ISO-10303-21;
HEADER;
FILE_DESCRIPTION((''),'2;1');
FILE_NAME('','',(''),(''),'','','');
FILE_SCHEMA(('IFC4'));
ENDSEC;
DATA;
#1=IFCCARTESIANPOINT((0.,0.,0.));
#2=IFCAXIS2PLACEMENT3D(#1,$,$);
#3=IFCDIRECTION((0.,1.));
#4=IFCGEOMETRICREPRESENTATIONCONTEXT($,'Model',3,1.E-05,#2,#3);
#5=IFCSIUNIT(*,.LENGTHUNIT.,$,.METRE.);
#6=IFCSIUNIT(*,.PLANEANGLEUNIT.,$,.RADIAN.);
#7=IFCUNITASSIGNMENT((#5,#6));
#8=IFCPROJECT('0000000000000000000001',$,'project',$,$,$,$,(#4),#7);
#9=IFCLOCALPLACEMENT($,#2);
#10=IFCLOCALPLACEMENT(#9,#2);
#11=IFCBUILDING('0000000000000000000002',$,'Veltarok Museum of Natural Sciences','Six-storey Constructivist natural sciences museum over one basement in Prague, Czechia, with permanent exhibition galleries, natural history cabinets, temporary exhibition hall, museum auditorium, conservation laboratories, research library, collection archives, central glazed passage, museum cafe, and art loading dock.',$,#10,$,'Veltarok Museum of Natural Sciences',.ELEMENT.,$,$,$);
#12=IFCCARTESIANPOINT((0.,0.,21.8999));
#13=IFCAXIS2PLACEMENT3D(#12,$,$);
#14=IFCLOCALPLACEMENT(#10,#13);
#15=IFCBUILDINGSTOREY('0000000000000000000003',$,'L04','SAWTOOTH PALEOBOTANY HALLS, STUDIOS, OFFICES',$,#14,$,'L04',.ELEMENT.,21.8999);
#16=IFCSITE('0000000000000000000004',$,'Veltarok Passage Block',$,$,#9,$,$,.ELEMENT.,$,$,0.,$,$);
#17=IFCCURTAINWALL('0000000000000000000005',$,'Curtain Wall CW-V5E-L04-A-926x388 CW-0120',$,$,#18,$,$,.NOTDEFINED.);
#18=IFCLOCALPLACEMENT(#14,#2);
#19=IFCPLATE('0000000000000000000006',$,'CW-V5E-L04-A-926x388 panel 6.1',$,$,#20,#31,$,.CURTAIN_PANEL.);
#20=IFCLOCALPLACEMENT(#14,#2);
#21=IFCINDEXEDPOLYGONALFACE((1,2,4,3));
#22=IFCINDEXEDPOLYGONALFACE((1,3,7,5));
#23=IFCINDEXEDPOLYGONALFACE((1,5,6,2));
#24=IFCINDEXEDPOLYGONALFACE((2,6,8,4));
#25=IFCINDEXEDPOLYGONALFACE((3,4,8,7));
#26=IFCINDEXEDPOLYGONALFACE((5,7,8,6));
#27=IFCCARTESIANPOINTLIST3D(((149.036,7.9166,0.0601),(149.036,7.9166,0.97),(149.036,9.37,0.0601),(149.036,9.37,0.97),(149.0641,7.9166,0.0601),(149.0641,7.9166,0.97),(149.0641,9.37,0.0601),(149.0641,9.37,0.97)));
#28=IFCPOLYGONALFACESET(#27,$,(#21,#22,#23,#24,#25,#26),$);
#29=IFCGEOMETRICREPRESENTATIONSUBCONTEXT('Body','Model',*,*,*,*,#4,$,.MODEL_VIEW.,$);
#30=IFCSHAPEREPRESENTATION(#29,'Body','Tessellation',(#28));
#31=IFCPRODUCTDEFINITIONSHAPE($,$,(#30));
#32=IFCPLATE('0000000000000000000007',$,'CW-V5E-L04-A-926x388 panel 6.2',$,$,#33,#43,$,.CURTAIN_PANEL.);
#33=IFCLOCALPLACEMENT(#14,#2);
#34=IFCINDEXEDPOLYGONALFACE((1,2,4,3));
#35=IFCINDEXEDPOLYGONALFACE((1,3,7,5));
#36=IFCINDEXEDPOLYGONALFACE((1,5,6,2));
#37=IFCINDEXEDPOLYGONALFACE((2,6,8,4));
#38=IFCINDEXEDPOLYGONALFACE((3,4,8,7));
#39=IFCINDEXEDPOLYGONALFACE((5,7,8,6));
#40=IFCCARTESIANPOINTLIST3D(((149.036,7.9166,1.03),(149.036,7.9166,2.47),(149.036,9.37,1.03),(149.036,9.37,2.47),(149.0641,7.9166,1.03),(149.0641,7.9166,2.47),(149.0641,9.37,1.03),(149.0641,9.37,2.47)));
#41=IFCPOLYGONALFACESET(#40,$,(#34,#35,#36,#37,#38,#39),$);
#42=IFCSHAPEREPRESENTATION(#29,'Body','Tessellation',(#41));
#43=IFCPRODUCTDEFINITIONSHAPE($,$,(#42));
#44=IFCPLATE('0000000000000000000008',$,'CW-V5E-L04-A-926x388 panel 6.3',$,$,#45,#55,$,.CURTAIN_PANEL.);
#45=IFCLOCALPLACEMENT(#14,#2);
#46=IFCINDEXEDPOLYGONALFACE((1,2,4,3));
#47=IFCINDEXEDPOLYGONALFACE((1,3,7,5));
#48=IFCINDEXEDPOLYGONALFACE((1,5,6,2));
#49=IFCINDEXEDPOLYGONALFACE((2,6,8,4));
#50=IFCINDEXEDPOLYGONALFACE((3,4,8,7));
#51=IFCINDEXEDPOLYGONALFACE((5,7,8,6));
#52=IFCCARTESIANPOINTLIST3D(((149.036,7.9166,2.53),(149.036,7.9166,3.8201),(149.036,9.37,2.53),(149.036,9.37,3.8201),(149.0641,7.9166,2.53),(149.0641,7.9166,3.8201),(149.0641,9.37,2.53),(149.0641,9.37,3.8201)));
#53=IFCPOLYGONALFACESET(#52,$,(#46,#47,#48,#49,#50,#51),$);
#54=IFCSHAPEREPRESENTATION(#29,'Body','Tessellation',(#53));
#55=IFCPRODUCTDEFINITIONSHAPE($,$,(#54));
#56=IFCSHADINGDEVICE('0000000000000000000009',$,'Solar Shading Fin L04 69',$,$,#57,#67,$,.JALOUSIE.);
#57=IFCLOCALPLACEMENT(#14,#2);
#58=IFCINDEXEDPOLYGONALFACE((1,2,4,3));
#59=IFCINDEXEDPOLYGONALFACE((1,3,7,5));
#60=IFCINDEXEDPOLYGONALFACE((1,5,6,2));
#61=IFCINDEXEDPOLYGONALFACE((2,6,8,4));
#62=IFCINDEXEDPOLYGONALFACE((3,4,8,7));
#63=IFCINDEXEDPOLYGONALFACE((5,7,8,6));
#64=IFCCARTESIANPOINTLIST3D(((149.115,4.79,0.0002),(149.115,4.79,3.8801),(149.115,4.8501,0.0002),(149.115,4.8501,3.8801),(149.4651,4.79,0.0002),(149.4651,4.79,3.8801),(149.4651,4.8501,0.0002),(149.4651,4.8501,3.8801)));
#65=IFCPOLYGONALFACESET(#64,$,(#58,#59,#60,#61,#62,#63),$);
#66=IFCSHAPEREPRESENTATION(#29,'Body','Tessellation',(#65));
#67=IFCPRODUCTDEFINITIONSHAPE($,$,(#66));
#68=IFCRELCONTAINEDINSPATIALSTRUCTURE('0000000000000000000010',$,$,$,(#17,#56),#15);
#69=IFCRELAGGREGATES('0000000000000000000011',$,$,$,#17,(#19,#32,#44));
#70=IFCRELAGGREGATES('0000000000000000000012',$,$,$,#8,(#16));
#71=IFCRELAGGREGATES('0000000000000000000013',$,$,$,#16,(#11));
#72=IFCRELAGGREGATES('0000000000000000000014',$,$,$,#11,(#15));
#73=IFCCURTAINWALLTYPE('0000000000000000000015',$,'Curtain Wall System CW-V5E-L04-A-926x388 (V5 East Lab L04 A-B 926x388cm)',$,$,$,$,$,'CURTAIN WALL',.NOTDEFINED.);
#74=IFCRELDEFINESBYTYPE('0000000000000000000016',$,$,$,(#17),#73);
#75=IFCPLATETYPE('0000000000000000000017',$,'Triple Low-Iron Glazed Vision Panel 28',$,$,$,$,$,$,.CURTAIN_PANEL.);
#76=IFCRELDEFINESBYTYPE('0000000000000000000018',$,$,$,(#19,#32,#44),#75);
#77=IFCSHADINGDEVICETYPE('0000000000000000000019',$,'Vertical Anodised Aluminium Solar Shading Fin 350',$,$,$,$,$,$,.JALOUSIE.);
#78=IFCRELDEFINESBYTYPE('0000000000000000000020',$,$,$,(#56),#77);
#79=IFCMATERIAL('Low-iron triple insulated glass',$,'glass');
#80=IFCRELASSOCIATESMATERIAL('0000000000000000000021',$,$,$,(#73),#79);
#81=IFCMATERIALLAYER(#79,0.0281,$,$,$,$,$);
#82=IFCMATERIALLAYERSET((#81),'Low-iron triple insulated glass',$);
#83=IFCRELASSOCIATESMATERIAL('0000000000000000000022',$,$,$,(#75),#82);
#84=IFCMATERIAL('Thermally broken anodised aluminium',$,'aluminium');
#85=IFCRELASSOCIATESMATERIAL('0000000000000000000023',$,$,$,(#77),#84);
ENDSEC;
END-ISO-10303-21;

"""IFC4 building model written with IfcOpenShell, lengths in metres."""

from ifc_helpers import new_model, si_unit, direction, frame, origin, origin_2d, place, context, subcontext, project, spatial, rectangle, extrude, material, layer, layer_set, type_object, element, aggregate, save


model = new_model("IFC4")

# Units and contexts
model_context = context("Model", 3, precision=1e-05, world=origin(), true_north=direction((0.0, 1.0)))
body_context = subcontext(model_context, "Body", "Model", "MODEL_VIEW")
ifc_project = project(units=[si_unit("LENGTHUNIT", "METRE"), si_unit("PLANEANGLEUNIT", "RADIAN")], contexts=[model_context])

# Site, building, storey
site_placement = place(None, origin())
site = spatial("IfcSite", under=ifc_project, at=site_placement, Name="Veltarok Passage Block", CompositionType="ELEMENT", RefElevation=0.0)
building_placement = place(site_placement, origin())
building = spatial("IfcBuilding", under=site, at=building_placement, Name="Veltarok Museum of Natural Sciences", Description="Six-storey Constructivist natural sciences museum over one basement in Prague, Czechia, with permanent exhibition galleries, natural history cabinets, temporary exhibition hall, museum auditorium, conservation laboratories, research library, collection archives, central glazed passage, museum cafe, and art loading dock.", LongName="Veltarok Museum of Natural Sciences", CompositionType="ELEMENT")
storey_placement = place(building_placement, frame((0.0, 0.0, 21.8999)))
storey = spatial("IfcBuildingStorey", under=building, at=storey_placement, Name="L04", Description="SAWTOOTH PALEOBOTANY HALLS, STUDIOS, OFFICES", LongName="L04", CompositionType="ELEMENT", Elevation=21.8999)

# Curtain wall, plates
ifc_material_1 = material(Name="Low-iron triple insulated glass", Category="glass")
curtain_wall_type = type_object("IfcCurtainWallType", Name="Curtain Wall System CW-V5E-L04-A-926x388 (V5 East Lab L04 A-B 926x388cm)", ElementType="CURTAIN WALL", PredefinedType="NOTDEFINED", material=ifc_material_1)
curtain_wall_placement = place(storey_placement, origin())
curtain_wall = element("IfcCurtainWall", 1, at=curtain_wall_placement, inside=storey, type_object=curtain_wall_type, Name="Curtain Wall CW-V5E-L04-A-926x388 CW-0120", PredefinedType="NOTDEFINED")
ifc_material_2 = material(Name="Thermally broken anodised aluminium", Category="aluminium")
ifc_layer = layer(ifc_material_1, 0.0281)
ifc_layer_set = layer_set([ifc_layer], Name="Low-iron triple insulated glass")
plate_type = type_object("IfcPlateType", Name="Triple Low-Iron Glazed Vision Panel 28", PredefinedType="CURTAIN_PANEL", material=ifc_layer_set)
plate_1_placement = place(storey_placement, frame((149.05, 8.6433, 0.0601), z_axis=(0.0, 0.0, 1.0), x_axis=(0.0, 1.0, 0.0)))
plate_1 = element("IfcPlate", 2, at=plate_1_placement, type_object=plate_type, Name="CW-V5E-L04-A-926x388 panel 6.1", PredefinedType="CURTAIN_PANEL", context=body_context, shape_type="SweptSolid", body=[
    extrude(rectangle(XDim=1.4534, YDim=0.0281, at=origin_2d()), origin(), (0.0, 0.0, 1.0), 0.9099),
])
plate_2_placement = place(storey_placement, frame((149.05, 8.6433, 1.03), z_axis=(0.0, 0.0, 1.0), x_axis=(0.0, 1.0, 0.0)))
plate_2 = element("IfcPlate", 3, at=plate_2_placement, type_object=plate_type, Name="CW-V5E-L04-A-926x388 panel 6.2", PredefinedType="CURTAIN_PANEL", context=body_context, shape_type="SweptSolid", body=[
    extrude(rectangle(XDim=1.4534, YDim=0.0281, at=origin_2d()), origin(), (0.0, 0.0, 1.0), 1.4399),
])
plate_3_placement = place(storey_placement, frame((149.05, 8.6433, 2.53), z_axis=(0.0, 0.0, 1.0), x_axis=(0.0, 1.0, 0.0)))
plate_3 = element("IfcPlate", 4, at=plate_3_placement, type_object=plate_type, Name="CW-V5E-L04-A-926x388 panel 6.3", PredefinedType="CURTAIN_PANEL", context=body_context, shape_type="SweptSolid", body=[
    extrude(rectangle(XDim=1.4534, YDim=0.0281, at=origin_2d()), origin(), (0.0, 0.0, 1.0), 1.29),
])
aggregate(curtain_wall, [plate_1, plate_2, plate_3])

# Shading device
shading_device_type = type_object("IfcShadingDeviceType", Name="Vertical Anodised Aluminium Solar Shading Fin 350", PredefinedType="JALOUSIE", material=ifc_material_2)
shading_device_placement = place(storey_placement, frame((149.29, 4.8201, 0.0002), z_axis=(0.0, 0.0, 1.0), x_axis=(1.0, 0.0, 0.0)))
element("IfcShadingDevice", 5, at=shading_device_placement, inside=storey, type_object=shading_device_type, Name="Solar Shading Fin L04 69", PredefinedType="JALOUSIE", context=body_context, shape_type="SweptSolid", body=[
    extrude(rectangle(XDim=0.3501, YDim=0.0601, at=origin_2d()), origin(), (0.0, 0.0, 1.0), 3.8799),
])

save(model, "model.ifc")
